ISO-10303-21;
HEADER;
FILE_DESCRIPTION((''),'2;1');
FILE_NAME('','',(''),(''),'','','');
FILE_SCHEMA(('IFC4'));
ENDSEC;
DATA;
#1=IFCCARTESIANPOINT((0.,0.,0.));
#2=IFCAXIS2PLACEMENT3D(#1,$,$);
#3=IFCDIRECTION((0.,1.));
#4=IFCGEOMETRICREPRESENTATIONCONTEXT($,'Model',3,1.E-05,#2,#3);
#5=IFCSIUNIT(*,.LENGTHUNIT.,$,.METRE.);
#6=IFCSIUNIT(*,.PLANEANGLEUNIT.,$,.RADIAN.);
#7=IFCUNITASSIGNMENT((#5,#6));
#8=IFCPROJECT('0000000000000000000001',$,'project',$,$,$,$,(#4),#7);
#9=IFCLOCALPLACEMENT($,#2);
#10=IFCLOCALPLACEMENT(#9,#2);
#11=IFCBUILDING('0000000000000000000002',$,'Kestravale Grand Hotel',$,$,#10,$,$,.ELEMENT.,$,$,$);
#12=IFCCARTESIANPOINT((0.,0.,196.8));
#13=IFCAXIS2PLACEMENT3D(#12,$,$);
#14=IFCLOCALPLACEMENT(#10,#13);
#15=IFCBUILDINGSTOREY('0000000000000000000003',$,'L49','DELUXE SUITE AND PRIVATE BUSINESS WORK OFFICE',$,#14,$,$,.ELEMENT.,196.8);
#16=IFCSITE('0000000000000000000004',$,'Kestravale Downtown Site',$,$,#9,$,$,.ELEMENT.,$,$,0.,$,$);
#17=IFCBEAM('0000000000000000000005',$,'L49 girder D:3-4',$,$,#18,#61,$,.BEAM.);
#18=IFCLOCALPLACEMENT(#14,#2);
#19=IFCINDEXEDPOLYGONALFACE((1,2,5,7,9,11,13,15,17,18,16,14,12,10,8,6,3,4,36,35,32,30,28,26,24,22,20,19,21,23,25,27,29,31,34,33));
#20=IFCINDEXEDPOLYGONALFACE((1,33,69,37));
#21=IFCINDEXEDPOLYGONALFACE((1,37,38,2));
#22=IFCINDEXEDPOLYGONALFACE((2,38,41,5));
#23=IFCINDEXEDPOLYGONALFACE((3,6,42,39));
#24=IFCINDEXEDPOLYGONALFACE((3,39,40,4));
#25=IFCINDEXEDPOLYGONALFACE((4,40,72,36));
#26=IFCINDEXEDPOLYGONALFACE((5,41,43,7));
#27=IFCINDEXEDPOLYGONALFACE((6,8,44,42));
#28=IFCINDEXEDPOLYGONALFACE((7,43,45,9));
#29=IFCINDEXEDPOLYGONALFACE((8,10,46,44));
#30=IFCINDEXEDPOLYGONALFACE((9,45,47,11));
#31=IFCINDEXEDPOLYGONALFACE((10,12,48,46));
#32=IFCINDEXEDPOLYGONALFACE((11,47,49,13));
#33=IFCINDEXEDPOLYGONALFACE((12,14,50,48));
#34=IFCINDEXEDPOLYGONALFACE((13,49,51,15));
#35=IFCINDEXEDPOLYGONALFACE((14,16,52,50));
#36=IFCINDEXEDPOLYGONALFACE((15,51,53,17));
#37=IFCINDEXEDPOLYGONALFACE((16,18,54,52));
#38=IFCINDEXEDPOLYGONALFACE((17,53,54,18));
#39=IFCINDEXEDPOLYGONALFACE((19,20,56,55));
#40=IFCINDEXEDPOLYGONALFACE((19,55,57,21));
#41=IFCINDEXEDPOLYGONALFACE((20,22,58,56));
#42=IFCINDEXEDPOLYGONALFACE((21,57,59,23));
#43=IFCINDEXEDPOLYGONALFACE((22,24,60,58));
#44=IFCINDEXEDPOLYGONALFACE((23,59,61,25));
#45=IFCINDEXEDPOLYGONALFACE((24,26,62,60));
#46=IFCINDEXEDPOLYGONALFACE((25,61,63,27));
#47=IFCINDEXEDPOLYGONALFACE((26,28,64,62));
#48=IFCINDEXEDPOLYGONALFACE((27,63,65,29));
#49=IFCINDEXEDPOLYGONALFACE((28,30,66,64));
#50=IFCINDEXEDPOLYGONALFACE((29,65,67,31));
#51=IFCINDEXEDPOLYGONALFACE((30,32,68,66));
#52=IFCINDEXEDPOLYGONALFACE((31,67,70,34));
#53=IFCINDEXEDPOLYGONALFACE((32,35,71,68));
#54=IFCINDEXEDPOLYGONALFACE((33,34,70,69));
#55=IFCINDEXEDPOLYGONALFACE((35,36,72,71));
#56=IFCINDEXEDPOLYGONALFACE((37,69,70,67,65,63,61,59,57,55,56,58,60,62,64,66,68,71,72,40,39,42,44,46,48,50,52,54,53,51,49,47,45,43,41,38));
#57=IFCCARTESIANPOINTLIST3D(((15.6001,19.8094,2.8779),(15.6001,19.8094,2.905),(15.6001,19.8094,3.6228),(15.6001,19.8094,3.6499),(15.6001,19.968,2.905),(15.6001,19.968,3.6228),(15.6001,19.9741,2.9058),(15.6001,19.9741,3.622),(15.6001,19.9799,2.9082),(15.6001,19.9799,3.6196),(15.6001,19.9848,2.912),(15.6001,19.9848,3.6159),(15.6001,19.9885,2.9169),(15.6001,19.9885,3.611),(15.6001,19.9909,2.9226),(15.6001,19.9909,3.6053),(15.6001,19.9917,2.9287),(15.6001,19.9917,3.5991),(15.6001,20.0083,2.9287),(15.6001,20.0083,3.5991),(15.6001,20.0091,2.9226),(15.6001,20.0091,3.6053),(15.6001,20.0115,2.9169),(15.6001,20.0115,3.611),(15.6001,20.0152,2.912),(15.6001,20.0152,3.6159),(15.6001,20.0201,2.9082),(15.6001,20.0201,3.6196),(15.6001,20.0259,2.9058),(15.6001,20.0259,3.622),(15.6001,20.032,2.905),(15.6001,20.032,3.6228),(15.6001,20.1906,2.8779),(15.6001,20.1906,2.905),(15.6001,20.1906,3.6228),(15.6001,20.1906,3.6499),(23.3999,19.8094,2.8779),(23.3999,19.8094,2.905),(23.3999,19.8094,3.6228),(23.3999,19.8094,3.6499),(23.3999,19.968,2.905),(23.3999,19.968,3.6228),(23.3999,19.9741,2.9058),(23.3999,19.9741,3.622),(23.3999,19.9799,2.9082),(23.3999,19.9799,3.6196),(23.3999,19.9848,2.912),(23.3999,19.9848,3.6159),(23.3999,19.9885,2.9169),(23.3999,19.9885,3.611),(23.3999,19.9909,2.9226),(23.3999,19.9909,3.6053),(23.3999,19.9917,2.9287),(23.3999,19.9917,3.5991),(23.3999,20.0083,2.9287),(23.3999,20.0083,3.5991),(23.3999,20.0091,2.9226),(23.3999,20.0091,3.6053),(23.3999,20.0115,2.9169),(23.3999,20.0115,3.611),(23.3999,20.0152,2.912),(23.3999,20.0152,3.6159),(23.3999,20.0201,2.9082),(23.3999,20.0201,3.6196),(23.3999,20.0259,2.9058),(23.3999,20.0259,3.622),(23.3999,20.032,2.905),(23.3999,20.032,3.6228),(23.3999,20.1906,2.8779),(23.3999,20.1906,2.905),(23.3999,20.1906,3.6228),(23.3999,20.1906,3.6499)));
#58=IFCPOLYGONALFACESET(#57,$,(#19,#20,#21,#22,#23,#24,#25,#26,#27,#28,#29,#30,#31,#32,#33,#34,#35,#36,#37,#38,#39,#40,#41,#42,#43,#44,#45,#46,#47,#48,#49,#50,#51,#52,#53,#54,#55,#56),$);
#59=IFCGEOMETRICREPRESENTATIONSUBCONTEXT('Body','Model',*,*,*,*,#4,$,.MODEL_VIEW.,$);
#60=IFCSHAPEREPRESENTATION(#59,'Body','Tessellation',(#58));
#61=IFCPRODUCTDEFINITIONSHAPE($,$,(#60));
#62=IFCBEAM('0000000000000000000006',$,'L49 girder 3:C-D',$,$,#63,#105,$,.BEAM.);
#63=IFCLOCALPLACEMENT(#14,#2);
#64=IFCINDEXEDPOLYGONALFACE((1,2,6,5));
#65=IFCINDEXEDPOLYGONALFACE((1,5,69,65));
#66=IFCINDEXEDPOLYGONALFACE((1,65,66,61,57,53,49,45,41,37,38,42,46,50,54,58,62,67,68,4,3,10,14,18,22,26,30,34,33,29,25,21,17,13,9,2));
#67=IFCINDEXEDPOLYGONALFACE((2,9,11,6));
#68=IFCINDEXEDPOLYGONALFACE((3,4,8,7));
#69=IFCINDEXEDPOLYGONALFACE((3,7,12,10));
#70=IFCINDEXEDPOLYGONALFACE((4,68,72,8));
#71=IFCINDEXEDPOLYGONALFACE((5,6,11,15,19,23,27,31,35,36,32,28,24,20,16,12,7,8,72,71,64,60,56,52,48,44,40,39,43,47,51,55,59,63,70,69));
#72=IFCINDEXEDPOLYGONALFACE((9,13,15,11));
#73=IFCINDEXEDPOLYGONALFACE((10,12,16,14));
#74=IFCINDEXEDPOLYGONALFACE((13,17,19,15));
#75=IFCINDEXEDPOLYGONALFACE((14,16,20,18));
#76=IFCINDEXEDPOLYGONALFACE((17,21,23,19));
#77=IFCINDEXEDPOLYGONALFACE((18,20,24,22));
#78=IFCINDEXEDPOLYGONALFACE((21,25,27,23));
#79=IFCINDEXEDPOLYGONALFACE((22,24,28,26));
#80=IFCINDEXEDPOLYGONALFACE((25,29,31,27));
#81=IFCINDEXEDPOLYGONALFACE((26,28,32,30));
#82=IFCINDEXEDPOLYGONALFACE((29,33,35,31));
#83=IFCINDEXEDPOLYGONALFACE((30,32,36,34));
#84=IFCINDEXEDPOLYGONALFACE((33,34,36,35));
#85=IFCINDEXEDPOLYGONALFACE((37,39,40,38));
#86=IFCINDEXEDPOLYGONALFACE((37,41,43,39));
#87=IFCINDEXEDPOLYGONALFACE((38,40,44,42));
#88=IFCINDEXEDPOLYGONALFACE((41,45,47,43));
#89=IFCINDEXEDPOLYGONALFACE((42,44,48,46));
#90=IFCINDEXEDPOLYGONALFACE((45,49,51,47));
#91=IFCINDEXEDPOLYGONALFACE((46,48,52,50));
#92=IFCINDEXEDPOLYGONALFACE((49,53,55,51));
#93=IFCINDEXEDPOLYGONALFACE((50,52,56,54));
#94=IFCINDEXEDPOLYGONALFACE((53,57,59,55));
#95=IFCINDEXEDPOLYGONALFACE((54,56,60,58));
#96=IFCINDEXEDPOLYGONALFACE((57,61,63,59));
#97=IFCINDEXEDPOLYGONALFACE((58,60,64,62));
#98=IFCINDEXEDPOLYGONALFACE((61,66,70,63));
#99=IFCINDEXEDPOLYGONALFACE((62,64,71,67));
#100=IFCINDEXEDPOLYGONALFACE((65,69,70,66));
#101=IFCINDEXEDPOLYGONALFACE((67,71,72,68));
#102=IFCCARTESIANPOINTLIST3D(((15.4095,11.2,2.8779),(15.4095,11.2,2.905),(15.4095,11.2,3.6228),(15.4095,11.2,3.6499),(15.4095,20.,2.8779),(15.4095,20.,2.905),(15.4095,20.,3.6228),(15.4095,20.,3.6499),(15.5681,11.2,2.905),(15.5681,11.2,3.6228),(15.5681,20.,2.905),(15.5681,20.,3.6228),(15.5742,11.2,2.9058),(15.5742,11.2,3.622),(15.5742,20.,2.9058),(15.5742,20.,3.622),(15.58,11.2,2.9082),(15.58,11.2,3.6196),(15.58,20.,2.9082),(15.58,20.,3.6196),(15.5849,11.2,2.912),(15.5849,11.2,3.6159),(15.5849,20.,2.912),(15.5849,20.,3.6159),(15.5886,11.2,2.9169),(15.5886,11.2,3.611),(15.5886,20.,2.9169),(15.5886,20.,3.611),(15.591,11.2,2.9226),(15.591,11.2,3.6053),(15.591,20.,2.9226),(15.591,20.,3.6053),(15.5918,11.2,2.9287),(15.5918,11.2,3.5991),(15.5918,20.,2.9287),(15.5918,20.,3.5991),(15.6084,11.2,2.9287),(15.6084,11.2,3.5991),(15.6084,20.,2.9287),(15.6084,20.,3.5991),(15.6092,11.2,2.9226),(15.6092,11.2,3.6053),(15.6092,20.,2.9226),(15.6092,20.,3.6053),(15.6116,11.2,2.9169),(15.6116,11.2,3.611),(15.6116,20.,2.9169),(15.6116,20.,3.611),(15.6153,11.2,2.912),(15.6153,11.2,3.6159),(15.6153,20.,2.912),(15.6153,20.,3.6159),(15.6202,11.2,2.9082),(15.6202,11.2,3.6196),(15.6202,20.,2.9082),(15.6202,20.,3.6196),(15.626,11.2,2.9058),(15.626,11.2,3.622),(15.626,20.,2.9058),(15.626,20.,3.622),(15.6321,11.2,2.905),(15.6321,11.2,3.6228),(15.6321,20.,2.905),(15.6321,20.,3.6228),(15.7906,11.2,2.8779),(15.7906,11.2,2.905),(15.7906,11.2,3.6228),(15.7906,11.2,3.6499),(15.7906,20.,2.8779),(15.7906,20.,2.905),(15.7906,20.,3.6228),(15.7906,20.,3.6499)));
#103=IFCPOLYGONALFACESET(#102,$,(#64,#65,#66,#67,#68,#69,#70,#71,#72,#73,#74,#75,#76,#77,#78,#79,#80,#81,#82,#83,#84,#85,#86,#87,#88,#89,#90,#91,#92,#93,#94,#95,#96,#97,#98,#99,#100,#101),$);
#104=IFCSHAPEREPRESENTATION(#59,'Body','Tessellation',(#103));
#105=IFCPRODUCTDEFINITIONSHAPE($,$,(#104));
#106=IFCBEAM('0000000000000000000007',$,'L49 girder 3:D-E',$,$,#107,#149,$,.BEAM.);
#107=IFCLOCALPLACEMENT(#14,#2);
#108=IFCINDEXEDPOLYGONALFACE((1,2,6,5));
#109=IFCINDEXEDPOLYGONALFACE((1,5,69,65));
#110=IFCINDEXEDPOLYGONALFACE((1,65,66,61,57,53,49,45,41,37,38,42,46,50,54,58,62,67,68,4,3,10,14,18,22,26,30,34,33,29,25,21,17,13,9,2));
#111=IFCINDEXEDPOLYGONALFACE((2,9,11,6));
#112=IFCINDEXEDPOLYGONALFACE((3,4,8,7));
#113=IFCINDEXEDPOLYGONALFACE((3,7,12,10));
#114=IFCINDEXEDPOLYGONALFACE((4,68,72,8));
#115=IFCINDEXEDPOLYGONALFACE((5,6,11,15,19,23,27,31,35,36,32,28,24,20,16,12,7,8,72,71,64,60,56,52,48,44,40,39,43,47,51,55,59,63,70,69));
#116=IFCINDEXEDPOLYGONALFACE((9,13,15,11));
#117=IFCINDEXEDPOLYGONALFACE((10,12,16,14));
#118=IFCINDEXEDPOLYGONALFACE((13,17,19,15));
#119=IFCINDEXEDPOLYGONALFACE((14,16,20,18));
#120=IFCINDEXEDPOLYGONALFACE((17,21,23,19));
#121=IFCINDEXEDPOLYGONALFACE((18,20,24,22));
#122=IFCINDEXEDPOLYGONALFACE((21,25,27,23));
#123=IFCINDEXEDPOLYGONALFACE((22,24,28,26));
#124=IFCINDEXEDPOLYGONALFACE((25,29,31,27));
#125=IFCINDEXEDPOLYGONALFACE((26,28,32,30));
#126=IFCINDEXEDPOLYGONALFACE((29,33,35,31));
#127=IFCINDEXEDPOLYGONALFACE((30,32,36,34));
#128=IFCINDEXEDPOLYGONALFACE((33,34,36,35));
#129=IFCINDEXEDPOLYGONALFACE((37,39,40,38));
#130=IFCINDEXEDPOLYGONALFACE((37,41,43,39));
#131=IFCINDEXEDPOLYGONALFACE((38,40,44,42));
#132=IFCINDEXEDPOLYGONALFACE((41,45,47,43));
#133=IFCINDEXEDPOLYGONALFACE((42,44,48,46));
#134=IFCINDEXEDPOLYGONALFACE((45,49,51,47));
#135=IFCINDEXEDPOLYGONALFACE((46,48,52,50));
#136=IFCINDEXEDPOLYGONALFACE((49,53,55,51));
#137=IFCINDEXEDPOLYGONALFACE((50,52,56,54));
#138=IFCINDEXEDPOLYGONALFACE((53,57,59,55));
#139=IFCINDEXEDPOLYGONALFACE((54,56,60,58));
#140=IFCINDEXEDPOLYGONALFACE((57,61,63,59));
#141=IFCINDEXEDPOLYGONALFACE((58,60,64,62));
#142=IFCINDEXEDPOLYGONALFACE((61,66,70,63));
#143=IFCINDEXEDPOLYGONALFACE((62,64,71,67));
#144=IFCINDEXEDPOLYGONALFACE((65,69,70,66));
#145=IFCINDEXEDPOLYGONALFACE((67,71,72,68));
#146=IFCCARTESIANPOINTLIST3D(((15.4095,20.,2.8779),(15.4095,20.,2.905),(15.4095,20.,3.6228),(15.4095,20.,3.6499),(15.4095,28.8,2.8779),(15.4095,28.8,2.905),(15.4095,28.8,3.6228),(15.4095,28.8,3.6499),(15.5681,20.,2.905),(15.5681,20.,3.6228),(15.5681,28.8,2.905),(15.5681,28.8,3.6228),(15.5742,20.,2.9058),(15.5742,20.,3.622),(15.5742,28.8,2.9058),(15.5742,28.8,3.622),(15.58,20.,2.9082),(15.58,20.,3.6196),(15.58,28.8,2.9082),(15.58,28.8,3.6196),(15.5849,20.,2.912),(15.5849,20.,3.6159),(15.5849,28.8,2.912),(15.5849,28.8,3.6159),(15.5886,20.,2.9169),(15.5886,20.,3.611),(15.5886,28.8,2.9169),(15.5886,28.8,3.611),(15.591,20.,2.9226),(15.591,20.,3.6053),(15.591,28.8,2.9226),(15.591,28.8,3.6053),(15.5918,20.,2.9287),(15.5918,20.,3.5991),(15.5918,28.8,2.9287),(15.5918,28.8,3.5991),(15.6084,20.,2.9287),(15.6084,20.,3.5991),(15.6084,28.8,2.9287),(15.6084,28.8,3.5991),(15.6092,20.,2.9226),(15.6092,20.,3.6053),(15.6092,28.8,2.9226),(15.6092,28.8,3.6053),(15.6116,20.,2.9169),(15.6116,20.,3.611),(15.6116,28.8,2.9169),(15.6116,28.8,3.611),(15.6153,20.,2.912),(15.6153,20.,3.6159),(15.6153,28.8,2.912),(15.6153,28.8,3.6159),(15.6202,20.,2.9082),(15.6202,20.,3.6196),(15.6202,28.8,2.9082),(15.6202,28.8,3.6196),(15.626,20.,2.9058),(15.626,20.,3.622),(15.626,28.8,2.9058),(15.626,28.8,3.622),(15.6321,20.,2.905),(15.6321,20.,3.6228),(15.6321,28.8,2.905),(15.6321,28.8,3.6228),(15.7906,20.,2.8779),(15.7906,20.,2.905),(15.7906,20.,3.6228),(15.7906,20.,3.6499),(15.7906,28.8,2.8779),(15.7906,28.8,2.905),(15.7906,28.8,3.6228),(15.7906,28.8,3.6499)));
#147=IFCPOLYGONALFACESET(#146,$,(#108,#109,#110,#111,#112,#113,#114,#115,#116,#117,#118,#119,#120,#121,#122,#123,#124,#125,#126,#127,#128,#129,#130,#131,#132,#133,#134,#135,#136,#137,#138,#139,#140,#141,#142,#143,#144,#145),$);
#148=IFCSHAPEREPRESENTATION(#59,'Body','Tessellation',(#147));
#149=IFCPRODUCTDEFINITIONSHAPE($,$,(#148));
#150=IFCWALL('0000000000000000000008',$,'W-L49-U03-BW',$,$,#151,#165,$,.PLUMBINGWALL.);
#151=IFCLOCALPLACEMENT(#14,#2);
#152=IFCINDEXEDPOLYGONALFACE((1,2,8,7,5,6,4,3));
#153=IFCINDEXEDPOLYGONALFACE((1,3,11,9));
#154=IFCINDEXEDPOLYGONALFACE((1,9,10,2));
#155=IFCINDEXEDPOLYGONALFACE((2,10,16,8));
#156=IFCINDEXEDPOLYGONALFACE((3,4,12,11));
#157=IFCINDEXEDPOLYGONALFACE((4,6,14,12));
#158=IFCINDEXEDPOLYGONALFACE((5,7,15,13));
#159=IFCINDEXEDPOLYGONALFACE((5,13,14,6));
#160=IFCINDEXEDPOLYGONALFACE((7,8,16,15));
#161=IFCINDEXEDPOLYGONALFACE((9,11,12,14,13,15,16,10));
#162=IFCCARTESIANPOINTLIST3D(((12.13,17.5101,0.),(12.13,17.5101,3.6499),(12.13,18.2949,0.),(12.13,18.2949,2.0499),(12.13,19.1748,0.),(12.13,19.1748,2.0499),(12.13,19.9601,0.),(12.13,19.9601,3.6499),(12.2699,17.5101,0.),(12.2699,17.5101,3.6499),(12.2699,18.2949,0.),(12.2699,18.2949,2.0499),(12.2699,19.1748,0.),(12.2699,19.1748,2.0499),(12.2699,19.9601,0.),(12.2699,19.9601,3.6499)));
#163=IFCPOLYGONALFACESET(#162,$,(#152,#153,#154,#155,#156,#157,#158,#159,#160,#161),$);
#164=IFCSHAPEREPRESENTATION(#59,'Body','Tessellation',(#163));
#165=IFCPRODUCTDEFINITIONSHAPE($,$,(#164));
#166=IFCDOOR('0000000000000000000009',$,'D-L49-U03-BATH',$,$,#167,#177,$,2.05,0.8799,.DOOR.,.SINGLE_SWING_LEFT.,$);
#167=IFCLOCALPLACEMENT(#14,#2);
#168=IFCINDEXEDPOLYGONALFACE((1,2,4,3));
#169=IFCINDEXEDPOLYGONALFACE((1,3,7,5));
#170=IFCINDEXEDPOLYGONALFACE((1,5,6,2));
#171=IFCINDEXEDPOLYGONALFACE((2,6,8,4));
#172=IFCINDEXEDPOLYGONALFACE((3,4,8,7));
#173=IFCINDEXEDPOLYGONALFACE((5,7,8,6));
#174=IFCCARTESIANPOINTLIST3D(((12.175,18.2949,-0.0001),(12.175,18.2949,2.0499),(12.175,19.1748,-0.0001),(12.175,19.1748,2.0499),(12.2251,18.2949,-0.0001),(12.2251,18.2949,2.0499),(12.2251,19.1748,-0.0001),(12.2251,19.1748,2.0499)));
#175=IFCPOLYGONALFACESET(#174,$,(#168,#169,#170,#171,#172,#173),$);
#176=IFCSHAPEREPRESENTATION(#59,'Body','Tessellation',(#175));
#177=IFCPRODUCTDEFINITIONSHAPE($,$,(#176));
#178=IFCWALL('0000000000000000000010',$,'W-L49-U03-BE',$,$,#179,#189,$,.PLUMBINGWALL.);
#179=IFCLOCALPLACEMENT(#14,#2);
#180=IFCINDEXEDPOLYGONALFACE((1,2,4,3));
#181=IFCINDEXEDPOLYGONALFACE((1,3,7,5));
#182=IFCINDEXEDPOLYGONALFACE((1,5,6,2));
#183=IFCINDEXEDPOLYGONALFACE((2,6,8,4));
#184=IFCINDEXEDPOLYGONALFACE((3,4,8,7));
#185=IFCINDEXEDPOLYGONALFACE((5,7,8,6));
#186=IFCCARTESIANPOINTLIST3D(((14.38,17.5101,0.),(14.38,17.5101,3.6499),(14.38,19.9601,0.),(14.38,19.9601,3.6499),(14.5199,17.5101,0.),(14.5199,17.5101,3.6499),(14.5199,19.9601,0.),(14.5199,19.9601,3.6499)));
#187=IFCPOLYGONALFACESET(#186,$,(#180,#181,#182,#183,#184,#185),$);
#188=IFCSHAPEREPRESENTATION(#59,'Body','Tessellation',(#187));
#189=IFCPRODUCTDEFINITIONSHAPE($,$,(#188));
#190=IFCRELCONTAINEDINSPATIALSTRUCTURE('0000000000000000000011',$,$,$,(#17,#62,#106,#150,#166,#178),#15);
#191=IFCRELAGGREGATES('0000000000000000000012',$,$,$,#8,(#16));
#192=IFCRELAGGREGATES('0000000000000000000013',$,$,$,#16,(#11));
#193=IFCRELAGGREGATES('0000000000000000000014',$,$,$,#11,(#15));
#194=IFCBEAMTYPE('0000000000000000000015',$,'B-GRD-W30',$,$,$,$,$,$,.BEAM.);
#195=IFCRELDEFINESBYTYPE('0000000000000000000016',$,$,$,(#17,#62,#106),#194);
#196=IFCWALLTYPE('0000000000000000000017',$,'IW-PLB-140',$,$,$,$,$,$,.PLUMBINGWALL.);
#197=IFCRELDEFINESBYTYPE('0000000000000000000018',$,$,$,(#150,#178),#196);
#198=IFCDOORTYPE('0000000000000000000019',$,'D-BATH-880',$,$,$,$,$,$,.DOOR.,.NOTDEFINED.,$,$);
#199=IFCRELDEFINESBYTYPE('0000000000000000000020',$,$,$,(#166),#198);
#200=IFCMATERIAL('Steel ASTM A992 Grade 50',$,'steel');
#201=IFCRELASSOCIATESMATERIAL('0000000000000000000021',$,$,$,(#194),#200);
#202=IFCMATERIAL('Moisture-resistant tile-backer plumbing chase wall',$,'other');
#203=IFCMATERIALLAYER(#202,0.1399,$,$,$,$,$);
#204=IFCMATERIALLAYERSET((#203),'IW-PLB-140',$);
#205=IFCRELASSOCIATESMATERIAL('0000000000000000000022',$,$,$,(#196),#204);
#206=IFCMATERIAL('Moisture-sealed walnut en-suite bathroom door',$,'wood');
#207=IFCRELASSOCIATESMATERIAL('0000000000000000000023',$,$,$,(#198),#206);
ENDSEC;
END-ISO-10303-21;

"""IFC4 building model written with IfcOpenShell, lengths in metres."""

from ifc_helpers import new_model, si_unit, direction, frame, frame_2d, origin, origin_2d, place, context, subcontext, project, spatial, rectangle, i_section, extrude, material, layer, layer_set, material_profile, profile_set, type_object, element, fill, save


model = new_model("IFC4")

# Units and contexts
model_context = context("Model", 3, precision=1e-05, world=origin(), true_north=direction((0.0, 1.0)))
body_context = subcontext(model_context, "Body", "Model", "MODEL_VIEW")
ifc_project = project(units=[si_unit("LENGTHUNIT", "METRE"), si_unit("PLANEANGLEUNIT", "RADIAN")], contexts=[model_context])

# Site, building, storey
site_placement = place(None, origin())
site = spatial("IfcSite", under=ifc_project, at=site_placement, Name="Kestravale Downtown Site", CompositionType="ELEMENT", RefElevation=0.0)
building_placement = place(site_placement, origin())
building = spatial("IfcBuilding", under=site, at=building_placement, Name="Kestravale Grand Hotel", CompositionType="ELEMENT")
storey_placement = place(building_placement, frame((0.0, 0.0, 196.8)))
storey = spatial("IfcBuildingStorey", under=building, at=storey_placement, Name="L49", Description="DELUXE SUITE AND PRIVATE BUSINESS WORK OFFICE", CompositionType="ELEMENT", Elevation=196.8)

# Beams
ifc_material_1 = material(Name="Steel ASTM A992 Grade 50", Category="steel")
ifc_material_profile_1 = material_profile(ifc_material_1, i_section(OverallWidth=0.3811, OverallDepth=0.772, WebThickness=0.0166, FlangeThickness=0.0271, FilletRadius=0.0237, at=origin_2d()))
ifc_profile_set_1 = profile_set([ifc_material_profile_1], Name="Steel ASTM A992 Grade 50")
beam_type_1 = type_object("IfcBeamType", Name="B-GRD-W30", PredefinedType="BEAM", material=ifc_profile_set_1)
for number, where, z_axis, x_axis, name in (
    (1, (15.6001, 20.0, 3.2639), (1.0, 0.0, 0.0), (0.0, 1.0, 0.0), "L49 girder D:3-4"),
):
    element("IfcBeam", number, at=place(storey_placement, frame(where, z_axis=z_axis, x_axis=x_axis)), inside=storey, type_object=beam_type_1, Name=name, PredefinedType="BEAM", context=body_context, shape_type="SweptSolid", body=[
        extrude(i_section(OverallWidth=0.3811, OverallDepth=0.772, WebThickness=0.0166, FlangeThickness=0.0271, FilletRadius=0.0237, at=origin_2d()), origin(), (0.0, 0.0, 1.0), 7.7998),
    ])
for number, where, z_axis, x_axis, name in (
    (2, (15.6001, 11.2, 3.2639), (0.0, 1.0, 0.0), (-1.0, 0.0, 0.0), "L49 girder 3:C-D"),
    (3, (15.6001, 20.0, 3.2639), (0.0, 1.0, 0.0), (-1.0, 0.0, 0.0), "L49 girder 3:D-E"),
):
    element("IfcBeam", number, at=place(storey_placement, frame(where, z_axis=z_axis, x_axis=x_axis)), inside=storey, type_object=beam_type_1, Name=name, PredefinedType="BEAM", context=body_context, shape_type="SweptSolid", body=[
        extrude(i_section(OverallWidth=0.3811, OverallDepth=0.772, WebThickness=0.0166, FlangeThickness=0.0271, FilletRadius=0.0237, at=origin_2d()), origin(), (0.0, 0.0, 1.0), 8.8),
    ])

# Wall, opening, door
ifc_material_2 = material(Name="Moisture-resistant tile-backer plumbing chase wall", Category="other")
ifc_layer_1 = layer(ifc_material_2, 0.1399)
ifc_layer_set_1 = layer_set([ifc_layer_1], Name="IW-PLB-140")
wall_type_1 = type_object("IfcWallType", Name="IW-PLB-140", PredefinedType="PLUMBINGWALL", material=ifc_layer_set_1)
wall_1_placement = place(storey_placement, frame((12.2, 17.51, 0.0), z_axis=(0.0, 0.0, 1.0), x_axis=(0.0, 1.0, 0.0)))
wall_1 = element("IfcWall", 4, at=wall_1_placement, inside=storey, type_object=wall_type_1, Name="W-L49-U03-BW", PredefinedType="PLUMBINGWALL", context=body_context, shape_type="SweptSolid", body=[
    extrude(rectangle(XDim=2.45, YDim=0.1399, at=frame_2d((1.2251, 0.0))), origin(), (0.0, 0.0, 1.0), 3.6499),
])
opening_placement = place(wall_1_placement, frame((0.7849, 0.0, 0.0)))
opening = element("IfcOpeningElement", 5, at=opening_placement, cuts=wall_1, PredefinedType="OPENING", context=body_context, shape_type="SweptSolid", body=[
    extrude(rectangle(XDim=0.8799, YDim=2.05, at=frame_2d((0.4399, 1.0249))), frame((0.0, 0.0798, 0.0), z_axis=(0.0, -1.0, 0.0), x_axis=(1.0, 0.0, 0.0)), (0.0, 0.0, 1.0), 0.1599),
])
ifc_material_3 = material(Name="Moisture-sealed walnut en-suite bathroom door", Category="wood")
door_type = type_object("IfcDoorType", Name="D-BATH-880", OperationType="NOTDEFINED", PredefinedType="DOOR", material=ifc_material_3)
door_placement = place(opening_placement, origin())
door = element("IfcDoor", 6, at=door_placement, inside=storey, type_object=door_type, Name="D-L49-U03-BATH", OperationType="SINGLE_SWING_LEFT", OverallHeight=2.05, OverallWidth=0.8799, PredefinedType="DOOR", context=body_context, shape_type="SweptSolid", body=[
    extrude(rectangle(XDim=0.8799, YDim=2.05, at=frame_2d((0.4399, 1.0249))), frame((0.0, 0.0249, 0.0), z_axis=(0.0, -1.0, 0.0), x_axis=(1.0, 0.0, 0.0)), (0.0, 0.0, 1.0), 0.05),
])
fill(opening, door)

# Wall
wall_2_placement = place(storey_placement, frame((14.45, 17.51, 0.0), z_axis=(0.0, 0.0, 1.0), x_axis=(0.0, 1.0, 0.0)))
element("IfcWall", 7, at=wall_2_placement, inside=storey, type_object=wall_type_1, Name="W-L49-U03-BE", PredefinedType="PLUMBINGWALL", context=body_context, shape_type="SweptSolid", body=[
    extrude(rectangle(XDim=2.45, YDim=0.1399, at=frame_2d((1.2251, 0.0))), origin(), (0.0, 0.0, 1.0), 3.6499),
])

save(model, "model.ifc")
